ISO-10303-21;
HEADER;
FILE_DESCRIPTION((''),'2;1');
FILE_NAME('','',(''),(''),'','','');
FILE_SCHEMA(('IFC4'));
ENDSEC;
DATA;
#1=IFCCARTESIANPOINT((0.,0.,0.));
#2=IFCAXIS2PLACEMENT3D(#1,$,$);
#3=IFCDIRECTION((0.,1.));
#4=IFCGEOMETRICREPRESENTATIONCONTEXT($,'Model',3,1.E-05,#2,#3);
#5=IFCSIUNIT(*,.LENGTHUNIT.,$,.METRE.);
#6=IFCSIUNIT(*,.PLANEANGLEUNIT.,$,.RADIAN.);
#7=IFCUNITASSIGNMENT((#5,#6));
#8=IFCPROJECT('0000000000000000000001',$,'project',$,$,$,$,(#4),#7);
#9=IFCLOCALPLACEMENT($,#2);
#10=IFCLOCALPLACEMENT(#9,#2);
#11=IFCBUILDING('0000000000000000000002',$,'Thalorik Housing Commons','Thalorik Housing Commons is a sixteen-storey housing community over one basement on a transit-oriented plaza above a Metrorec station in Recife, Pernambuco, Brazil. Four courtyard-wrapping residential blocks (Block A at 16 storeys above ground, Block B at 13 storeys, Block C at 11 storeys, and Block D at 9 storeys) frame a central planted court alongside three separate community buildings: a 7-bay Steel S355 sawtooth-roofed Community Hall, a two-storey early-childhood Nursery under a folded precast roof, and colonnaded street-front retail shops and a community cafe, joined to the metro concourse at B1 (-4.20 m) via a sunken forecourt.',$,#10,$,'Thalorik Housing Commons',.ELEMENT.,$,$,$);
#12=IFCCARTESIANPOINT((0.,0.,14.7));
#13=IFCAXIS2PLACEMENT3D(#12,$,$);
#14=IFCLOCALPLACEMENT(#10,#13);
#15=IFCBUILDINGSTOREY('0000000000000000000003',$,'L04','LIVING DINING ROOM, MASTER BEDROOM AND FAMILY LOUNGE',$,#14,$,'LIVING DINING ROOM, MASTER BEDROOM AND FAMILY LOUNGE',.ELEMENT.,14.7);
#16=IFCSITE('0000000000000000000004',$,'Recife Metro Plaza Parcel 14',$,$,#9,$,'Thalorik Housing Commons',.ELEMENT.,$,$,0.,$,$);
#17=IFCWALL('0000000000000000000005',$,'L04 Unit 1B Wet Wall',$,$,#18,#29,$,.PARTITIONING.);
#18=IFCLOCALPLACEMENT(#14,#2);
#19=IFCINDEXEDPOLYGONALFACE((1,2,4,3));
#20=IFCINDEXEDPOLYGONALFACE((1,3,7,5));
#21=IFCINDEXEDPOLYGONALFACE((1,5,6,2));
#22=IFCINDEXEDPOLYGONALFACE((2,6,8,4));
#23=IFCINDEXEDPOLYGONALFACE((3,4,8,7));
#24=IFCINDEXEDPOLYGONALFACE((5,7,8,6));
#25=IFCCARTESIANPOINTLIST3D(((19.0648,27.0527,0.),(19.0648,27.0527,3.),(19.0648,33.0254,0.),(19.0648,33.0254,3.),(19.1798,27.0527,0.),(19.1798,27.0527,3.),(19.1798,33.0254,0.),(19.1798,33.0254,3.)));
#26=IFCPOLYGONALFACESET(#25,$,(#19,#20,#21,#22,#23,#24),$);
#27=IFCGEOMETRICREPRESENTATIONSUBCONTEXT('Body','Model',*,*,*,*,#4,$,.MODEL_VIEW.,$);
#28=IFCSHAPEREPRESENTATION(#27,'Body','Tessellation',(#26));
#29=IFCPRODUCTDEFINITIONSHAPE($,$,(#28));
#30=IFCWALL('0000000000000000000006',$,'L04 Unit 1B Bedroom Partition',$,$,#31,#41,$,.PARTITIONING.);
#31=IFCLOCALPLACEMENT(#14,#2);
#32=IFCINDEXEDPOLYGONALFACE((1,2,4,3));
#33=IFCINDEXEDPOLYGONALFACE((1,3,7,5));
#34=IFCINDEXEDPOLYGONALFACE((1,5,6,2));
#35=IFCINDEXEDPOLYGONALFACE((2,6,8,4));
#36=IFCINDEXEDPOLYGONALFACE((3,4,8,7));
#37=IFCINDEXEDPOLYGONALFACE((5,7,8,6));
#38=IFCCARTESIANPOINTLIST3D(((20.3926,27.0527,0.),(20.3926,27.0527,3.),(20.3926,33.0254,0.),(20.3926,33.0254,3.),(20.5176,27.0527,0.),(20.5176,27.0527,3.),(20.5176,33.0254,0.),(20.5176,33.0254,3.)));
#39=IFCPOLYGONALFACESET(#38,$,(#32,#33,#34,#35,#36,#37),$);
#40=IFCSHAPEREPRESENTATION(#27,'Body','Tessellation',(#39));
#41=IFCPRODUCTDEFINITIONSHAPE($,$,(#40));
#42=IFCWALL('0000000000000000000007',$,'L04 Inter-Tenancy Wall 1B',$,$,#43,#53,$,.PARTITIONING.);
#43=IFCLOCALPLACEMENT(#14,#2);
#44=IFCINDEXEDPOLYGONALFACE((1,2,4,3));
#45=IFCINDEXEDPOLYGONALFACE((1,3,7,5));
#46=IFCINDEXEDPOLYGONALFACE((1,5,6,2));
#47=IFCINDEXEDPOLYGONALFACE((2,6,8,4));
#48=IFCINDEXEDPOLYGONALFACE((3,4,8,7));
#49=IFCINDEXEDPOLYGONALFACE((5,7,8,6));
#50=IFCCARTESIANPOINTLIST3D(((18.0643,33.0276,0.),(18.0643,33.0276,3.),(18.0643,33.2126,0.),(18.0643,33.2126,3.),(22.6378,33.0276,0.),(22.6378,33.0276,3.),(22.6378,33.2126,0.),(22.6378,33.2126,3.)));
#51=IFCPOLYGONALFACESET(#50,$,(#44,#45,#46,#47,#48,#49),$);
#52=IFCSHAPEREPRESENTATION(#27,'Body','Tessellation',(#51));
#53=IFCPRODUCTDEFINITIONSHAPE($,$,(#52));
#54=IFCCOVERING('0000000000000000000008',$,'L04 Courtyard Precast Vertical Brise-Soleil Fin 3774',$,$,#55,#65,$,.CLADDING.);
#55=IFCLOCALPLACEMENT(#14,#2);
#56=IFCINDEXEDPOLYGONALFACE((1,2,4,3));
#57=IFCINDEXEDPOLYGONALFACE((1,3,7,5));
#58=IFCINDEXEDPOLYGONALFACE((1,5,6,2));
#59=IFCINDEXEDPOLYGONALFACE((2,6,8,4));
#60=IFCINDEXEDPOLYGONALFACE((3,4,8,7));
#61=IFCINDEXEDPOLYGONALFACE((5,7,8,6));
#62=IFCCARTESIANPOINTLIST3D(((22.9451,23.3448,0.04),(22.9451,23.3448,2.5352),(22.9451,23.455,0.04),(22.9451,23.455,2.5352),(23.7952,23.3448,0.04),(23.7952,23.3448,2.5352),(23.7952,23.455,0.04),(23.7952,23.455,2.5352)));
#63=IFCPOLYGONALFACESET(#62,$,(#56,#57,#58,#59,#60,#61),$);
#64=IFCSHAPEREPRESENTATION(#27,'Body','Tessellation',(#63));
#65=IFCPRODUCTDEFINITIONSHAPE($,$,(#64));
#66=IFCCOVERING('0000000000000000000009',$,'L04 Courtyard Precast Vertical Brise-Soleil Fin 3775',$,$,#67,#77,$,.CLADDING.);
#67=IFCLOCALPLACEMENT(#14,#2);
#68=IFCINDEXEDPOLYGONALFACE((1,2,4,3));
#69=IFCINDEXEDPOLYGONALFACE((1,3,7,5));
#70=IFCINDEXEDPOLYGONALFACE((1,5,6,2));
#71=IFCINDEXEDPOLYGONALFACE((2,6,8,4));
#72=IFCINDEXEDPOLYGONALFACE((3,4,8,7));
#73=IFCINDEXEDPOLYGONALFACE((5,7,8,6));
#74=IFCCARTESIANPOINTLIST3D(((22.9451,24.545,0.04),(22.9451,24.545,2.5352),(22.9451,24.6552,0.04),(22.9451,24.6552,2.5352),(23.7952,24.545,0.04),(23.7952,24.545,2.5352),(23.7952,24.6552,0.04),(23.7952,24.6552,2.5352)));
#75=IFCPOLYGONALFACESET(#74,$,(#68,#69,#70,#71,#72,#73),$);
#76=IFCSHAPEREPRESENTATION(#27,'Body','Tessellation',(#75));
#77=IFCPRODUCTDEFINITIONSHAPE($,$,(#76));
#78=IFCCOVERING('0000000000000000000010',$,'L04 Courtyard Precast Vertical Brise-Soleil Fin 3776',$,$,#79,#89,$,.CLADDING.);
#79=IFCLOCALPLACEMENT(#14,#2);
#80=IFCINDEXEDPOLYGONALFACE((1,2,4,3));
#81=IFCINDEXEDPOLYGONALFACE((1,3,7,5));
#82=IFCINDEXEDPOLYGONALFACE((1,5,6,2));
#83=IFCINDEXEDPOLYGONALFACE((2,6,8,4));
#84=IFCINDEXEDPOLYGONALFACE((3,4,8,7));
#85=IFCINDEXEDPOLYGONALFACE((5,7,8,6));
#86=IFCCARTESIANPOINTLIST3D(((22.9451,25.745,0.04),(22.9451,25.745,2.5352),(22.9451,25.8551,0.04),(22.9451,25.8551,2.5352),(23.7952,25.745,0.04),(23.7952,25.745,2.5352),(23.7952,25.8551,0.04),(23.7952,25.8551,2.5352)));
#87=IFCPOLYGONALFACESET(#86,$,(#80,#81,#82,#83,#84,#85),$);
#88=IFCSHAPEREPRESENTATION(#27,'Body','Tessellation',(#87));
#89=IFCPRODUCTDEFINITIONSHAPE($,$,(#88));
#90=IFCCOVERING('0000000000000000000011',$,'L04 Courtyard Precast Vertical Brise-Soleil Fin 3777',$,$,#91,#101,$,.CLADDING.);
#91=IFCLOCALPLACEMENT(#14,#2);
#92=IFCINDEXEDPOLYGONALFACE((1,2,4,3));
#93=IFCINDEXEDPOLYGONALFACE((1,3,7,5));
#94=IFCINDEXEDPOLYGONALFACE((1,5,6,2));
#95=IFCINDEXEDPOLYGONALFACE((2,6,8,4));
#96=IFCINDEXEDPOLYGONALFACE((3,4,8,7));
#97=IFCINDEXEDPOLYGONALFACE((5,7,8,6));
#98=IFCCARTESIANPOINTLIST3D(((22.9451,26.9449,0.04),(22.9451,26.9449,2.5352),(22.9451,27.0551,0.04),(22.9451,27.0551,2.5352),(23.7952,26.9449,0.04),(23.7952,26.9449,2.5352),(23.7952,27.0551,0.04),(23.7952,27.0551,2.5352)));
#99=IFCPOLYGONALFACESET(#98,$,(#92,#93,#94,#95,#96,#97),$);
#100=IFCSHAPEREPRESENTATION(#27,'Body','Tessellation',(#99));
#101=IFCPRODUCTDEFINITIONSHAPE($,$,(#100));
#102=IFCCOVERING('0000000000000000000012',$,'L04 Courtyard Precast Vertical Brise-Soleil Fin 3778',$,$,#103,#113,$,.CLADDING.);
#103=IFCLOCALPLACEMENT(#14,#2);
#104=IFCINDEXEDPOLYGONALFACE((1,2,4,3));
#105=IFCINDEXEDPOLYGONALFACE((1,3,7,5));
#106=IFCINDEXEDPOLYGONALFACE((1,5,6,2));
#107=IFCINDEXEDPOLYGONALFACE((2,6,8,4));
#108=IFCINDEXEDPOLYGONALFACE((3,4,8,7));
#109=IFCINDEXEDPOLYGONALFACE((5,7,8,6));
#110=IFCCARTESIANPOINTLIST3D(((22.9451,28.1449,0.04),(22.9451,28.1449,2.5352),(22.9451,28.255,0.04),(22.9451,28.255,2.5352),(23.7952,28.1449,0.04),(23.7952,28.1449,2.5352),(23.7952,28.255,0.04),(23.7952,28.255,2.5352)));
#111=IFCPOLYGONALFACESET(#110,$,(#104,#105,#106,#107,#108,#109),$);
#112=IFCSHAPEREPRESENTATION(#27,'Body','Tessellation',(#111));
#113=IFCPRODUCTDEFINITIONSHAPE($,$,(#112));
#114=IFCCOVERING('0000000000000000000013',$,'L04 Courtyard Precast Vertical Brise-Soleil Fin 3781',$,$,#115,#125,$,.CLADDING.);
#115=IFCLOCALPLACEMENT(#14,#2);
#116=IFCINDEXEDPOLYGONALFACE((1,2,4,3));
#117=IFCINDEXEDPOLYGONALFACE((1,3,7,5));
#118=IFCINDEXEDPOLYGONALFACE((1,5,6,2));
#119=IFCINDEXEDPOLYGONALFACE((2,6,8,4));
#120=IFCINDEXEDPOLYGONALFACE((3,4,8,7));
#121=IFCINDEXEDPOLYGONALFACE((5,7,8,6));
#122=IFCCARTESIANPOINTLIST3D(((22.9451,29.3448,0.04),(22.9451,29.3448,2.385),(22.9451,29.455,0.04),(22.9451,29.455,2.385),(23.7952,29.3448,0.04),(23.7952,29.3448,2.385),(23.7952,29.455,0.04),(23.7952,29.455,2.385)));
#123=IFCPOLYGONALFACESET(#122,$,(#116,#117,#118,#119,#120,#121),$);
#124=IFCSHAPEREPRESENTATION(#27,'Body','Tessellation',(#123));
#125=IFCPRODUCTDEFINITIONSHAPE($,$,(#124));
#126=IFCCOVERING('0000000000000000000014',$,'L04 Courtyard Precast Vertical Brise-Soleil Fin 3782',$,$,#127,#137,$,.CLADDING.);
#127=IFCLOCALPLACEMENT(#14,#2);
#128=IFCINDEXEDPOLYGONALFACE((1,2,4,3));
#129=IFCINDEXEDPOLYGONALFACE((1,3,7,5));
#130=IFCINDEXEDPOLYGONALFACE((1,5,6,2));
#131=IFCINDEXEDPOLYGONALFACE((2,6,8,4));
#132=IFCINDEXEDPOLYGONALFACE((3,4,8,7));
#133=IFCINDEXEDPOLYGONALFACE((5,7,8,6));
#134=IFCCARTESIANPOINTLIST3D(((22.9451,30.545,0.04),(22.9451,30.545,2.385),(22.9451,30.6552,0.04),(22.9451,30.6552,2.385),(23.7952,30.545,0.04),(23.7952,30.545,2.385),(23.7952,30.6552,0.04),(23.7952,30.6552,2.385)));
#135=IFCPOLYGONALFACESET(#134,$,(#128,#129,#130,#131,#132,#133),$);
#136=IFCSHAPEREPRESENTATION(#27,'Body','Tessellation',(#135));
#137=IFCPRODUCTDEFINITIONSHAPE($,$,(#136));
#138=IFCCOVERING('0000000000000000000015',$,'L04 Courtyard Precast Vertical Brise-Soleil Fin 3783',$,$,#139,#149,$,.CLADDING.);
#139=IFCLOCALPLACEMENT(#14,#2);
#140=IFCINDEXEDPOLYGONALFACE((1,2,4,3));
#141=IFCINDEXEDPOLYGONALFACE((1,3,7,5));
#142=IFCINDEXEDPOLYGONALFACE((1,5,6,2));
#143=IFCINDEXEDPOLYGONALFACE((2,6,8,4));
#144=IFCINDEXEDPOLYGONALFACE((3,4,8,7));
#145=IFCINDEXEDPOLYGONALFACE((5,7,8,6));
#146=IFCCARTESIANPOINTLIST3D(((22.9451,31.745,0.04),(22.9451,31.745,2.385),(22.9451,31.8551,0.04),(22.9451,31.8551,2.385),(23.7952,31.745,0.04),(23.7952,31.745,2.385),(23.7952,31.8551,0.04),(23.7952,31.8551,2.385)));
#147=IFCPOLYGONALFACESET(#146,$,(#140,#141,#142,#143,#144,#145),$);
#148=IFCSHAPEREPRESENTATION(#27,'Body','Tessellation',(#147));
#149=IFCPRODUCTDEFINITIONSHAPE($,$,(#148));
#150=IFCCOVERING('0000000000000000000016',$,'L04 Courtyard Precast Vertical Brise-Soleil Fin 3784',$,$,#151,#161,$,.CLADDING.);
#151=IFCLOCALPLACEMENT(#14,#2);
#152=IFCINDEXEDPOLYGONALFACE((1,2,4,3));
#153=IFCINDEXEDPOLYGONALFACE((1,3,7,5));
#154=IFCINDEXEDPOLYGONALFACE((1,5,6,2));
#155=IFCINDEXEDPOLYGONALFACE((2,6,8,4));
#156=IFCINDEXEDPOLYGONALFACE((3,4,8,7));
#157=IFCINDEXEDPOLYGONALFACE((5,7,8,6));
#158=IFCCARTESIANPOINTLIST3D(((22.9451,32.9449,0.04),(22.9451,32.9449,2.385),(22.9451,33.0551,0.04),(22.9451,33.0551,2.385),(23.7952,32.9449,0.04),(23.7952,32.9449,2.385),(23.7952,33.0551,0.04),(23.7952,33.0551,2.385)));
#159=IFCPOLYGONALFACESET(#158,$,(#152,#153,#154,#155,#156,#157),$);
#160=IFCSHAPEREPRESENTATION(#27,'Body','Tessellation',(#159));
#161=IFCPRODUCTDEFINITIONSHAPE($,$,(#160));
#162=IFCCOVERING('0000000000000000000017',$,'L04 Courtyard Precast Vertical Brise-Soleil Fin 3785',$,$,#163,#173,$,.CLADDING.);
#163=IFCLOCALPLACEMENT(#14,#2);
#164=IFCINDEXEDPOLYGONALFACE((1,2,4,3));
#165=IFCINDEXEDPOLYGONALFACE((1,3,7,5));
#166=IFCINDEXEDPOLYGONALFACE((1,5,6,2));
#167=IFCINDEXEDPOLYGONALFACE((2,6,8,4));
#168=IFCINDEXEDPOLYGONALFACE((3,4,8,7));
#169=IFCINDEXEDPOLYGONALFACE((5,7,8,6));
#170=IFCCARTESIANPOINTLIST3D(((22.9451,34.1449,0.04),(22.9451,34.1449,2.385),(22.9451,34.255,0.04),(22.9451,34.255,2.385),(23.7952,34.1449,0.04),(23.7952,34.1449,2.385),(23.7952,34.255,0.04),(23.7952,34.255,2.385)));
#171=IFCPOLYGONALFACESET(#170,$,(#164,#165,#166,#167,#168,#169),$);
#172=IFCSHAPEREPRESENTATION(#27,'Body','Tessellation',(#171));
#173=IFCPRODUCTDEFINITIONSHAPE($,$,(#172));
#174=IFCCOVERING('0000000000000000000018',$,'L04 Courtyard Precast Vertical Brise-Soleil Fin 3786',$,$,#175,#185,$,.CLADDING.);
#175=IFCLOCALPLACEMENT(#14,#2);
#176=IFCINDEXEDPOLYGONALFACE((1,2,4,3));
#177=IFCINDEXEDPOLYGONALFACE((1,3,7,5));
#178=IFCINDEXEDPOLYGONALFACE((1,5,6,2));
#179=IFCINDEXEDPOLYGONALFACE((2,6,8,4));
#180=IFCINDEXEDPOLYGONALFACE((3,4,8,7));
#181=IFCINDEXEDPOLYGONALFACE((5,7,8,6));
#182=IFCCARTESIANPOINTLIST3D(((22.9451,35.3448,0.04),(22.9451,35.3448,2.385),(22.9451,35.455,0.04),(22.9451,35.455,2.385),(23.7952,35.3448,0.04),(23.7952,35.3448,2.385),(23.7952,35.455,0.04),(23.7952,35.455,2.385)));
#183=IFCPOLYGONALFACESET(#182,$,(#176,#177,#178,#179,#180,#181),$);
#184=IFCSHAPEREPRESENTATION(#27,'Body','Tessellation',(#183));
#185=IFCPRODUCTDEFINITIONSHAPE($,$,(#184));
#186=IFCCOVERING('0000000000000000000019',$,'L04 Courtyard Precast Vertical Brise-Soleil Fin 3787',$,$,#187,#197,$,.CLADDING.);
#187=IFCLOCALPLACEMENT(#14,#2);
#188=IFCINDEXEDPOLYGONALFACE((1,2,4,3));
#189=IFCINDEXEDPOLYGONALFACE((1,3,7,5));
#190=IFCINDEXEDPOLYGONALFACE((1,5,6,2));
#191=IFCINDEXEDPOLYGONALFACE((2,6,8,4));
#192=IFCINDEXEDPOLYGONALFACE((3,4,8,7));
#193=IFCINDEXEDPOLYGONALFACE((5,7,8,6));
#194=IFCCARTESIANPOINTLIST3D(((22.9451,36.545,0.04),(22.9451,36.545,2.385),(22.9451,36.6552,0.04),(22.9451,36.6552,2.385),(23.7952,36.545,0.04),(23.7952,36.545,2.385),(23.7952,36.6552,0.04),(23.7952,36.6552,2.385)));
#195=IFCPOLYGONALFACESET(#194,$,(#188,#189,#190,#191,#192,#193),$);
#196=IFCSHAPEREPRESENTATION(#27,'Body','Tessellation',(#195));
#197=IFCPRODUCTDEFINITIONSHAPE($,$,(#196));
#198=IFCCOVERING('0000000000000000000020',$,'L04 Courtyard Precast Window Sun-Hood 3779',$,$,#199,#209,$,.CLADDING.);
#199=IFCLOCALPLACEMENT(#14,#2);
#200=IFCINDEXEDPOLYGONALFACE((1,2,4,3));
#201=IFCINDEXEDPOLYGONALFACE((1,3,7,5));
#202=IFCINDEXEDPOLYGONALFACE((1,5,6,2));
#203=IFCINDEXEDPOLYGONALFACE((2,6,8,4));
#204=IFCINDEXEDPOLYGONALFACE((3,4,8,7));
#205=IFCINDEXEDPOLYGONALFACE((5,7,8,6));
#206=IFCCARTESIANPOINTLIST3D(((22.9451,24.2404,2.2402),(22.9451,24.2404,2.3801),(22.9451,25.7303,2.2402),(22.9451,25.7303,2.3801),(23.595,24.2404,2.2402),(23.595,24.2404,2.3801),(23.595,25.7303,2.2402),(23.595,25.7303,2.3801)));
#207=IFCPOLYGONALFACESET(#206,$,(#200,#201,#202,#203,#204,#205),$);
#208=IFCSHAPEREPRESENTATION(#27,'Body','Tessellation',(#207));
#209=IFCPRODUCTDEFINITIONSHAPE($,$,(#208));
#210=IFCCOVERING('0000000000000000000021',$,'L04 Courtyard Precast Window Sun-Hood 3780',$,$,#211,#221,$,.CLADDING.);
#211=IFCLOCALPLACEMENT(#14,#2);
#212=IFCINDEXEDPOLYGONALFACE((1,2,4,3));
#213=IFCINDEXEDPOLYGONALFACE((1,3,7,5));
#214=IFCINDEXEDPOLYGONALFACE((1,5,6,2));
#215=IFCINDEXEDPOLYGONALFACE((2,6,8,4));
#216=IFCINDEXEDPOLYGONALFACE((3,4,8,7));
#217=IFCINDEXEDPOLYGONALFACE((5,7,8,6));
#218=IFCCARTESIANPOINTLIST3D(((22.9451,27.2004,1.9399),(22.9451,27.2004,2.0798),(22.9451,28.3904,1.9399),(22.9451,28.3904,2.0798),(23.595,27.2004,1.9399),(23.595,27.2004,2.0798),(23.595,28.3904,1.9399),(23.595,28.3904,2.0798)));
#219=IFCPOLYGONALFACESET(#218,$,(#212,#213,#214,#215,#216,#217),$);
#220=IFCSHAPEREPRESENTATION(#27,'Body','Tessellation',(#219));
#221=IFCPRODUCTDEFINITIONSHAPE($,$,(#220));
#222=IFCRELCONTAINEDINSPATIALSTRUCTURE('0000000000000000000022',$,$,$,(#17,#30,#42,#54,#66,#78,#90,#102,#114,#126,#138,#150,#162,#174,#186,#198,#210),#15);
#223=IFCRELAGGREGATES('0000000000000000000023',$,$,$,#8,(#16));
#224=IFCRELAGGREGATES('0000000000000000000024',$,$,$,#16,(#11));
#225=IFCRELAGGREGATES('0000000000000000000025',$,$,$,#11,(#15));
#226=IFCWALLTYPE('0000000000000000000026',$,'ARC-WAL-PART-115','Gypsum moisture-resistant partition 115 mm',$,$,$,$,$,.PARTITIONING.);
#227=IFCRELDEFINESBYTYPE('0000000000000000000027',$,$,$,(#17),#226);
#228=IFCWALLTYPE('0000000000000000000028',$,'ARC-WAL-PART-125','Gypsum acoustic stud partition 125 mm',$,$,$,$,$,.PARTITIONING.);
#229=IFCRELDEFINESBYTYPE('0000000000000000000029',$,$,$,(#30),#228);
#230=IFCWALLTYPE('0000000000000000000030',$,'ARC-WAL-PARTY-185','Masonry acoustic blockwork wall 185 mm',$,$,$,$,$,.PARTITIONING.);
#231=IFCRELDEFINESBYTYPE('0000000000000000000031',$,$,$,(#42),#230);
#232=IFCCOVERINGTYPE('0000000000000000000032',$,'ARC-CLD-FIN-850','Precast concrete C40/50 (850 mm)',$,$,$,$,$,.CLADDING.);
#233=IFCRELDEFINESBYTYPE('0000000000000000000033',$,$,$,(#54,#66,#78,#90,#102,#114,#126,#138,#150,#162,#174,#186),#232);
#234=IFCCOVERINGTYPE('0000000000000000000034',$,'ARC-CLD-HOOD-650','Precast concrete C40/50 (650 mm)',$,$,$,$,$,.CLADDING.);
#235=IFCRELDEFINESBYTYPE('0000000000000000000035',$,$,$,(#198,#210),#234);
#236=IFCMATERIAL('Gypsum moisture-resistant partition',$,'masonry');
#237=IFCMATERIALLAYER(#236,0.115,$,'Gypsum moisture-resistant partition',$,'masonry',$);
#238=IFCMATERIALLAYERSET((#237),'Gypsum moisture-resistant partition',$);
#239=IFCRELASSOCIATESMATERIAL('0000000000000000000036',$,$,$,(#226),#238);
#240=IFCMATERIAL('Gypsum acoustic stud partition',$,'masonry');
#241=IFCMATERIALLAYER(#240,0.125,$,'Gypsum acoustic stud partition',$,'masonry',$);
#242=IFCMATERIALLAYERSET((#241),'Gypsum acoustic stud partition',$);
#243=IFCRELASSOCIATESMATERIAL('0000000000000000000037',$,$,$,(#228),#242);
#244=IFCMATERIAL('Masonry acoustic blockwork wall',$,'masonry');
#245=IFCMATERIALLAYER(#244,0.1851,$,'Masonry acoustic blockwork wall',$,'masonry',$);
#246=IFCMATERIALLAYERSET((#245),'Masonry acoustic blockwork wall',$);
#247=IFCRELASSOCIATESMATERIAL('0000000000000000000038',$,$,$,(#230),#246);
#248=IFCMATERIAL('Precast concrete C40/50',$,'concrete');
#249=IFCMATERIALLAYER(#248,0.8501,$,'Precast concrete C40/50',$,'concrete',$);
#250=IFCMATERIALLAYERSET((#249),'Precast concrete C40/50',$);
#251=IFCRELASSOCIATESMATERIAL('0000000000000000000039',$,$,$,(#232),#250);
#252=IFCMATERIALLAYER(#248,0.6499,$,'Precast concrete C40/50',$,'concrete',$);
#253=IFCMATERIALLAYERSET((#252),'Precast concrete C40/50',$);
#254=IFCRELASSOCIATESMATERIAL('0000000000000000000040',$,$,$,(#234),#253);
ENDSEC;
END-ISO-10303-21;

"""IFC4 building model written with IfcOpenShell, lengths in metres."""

from ifc_helpers import new_model, si_unit, direction, frame, frame_2d, origin, origin_2d, place, context, subcontext, project, spatial, rectangle, extrude, material, layer, layer_set, type_object, element, save


model = new_model("IFC4")

# Units and contexts
model_context = context("Model", 3, precision=1e-05, world=origin(), true_north=direction((0.0, 1.0)))
body_context = subcontext(model_context, "Body", "Model", "MODEL_VIEW")
ifc_project = project(units=[si_unit("LENGTHUNIT", "METRE"), si_unit("PLANEANGLEUNIT", "RADIAN")], contexts=[model_context])

# Site, building, storey
site_placement = place(None, origin())
site = spatial("IfcSite", under=ifc_project, at=site_placement, Name="Recife Metro Plaza Parcel 14", LongName="Thalorik Housing Commons", CompositionType="ELEMENT", RefElevation=0.0)
building_placement = place(site_placement, origin())
building = spatial("IfcBuilding", under=site, at=building_placement, Name="Thalorik Housing Commons", Description="Thalorik Housing Commons is a sixteen-storey housing community over one basement on a transit-oriented plaza above a Metrorec station in Recife, Pernambuco, Brazil. Four courtyard-wrapping residential blocks (Block A at 16 storeys above ground, Block B at 13 storeys, Block C at 11 storeys, and Block D at 9 storeys) frame a central planted court alongside three separate community buildings: a 7-bay Steel S355 sawtooth-roofed Community Hall, a two-storey early-childhood Nursery under a folded precast roof, and colonnaded street-front retail shops and a community cafe, joined to the metro concourse at B1 (-4.20 m) via a sunken forecourt.", LongName="Thalorik Housing Commons", CompositionType="ELEMENT")
storey_placement = place(building_placement, frame((0.0, 0.0, 14.7)))
storey = spatial("IfcBuildingStorey", under=building, at=storey_placement, Name="L04", Description="LIVING DINING ROOM, MASTER BEDROOM AND FAMILY LOUNGE", LongName="LIVING DINING ROOM, MASTER BEDROOM AND FAMILY LOUNGE", CompositionType="ELEMENT", Elevation=14.7)

# Shared definitions
ifc_material_1 = material(Name="Precast concrete C40/50", Category="concrete")

# Walls
ifc_material_2 = material(Name="Gypsum moisture-resistant partition", Category="masonry")
ifc_layer_1 = layer(ifc_material_2, 0.115, Name="Gypsum moisture-resistant partition", Category="masonry")
ifc_layer_set_1 = layer_set([ifc_layer_1], Name="Gypsum moisture-resistant partition")
wall_type_1 = type_object("IfcWallType", Name="ARC-WAL-PART-115", Description="Gypsum moisture-resistant partition 115 mm", PredefinedType="PARTITIONING", material=ifc_layer_set_1)
wall_1_placement = place(storey_placement, frame((19.1223, 27.0527, 0.0), z_axis=(0.0, 0.0, 1.0), x_axis=(0.0, 1.0, 0.0)))
element("IfcWall", 1, at=wall_1_placement, inside=storey, type_object=wall_type_1, Name="L04 Unit 1B Wet Wall", PredefinedType="PARTITIONING", context=body_context, shape_type="SweptSolid", body=[
    extrude(rectangle(XDim=5.9727, YDim=0.115, at=frame_2d((2.9863, 0.0))), origin(), (0.0, 0.0, 1.0), 3.0),
])
ifc_material_3 = material(Name="Gypsum acoustic stud partition", Category="masonry")
ifc_layer_2 = layer(ifc_material_3, 0.125, Name="Gypsum acoustic stud partition", Category="masonry")
ifc_layer_set_2 = layer_set([ifc_layer_2], Name="Gypsum acoustic stud partition")
wall_type_2 = type_object("IfcWallType", Name="ARC-WAL-PART-125", Description="Gypsum acoustic stud partition 125 mm", PredefinedType="PARTITIONING", material=ifc_layer_set_2)
wall_2_placement = place(storey_placement, frame((20.4551, 27.0527, 0.0), z_axis=(0.0, 0.0, 1.0), x_axis=(0.0, 1.0, 0.0)))
element("IfcWall", 2, at=wall_2_placement, inside=storey, type_object=wall_type_2, Name="L04 Unit 1B Bedroom Partition", PredefinedType="PARTITIONING", context=body_context, shape_type="SweptSolid", body=[
    extrude(rectangle(XDim=5.9727, YDim=0.125, at=frame_2d((2.9863, 0.0))), origin(), (0.0, 0.0, 1.0), 3.0),
])
ifc_material_4 = material(Name="Masonry acoustic blockwork wall", Category="masonry")
ifc_layer_3 = layer(ifc_material_4, 0.1851, Name="Masonry acoustic blockwork wall", Category="masonry")
ifc_layer_set_3 = layer_set([ifc_layer_3], Name="Masonry acoustic blockwork wall")
wall_type_3 = type_object("IfcWallType", Name="ARC-WAL-PARTY-185", Description="Masonry acoustic blockwork wall 185 mm", PredefinedType="PARTITIONING", material=ifc_layer_set_3)
wall_3_placement = place(storey_placement, frame((18.0645, 33.1201, 0.0), z_axis=(0.0, 0.0, 1.0), x_axis=(1.0, 0.0, 0.0)))
element("IfcWall", 3, at=wall_3_placement, inside=storey, type_object=wall_type_3, Name="L04 Inter-Tenancy Wall 1B", PredefinedType="PARTITIONING", context=body_context, shape_type="SweptSolid", body=[
    extrude(rectangle(XDim=4.5735, YDim=0.1851, at=frame_2d((2.2866, 0.0))), origin(), (0.0, 0.0, 1.0), 3.0),
])

# Coverings
ifc_layer_4 = layer(ifc_material_1, 0.8501, Name="Precast concrete C40/50", Category="concrete")
ifc_layer_set_4 = layer_set([ifc_layer_4], Name="Precast concrete C40/50")
covering_type_1 = type_object("IfcCoveringType", Name="ARC-CLD-FIN-850", Description="Precast concrete C40/50 (850 mm)", PredefinedType="CLADDING", material=ifc_layer_set_4)
for number, where, z_axis, x_axis, name in (
    (4, (23.3701, 23.3999, 0.04), (0.0, 0.0, 1.0), (0.0, 1.0, 0.0), "L04 Courtyard Precast Vertical Brise-Soleil Fin 3774"),
    (5, (23.3701, 24.6001, 0.04), (0.0, 0.0, 1.0), (0.0, 1.0, 0.0), "L04 Courtyard Precast Vertical Brise-Soleil Fin 3775"),
    (6, (23.3701, 25.8, 0.04), (0.0, 0.0, 1.0), (0.0, 1.0, 0.0), "L04 Courtyard Precast Vertical Brise-Soleil Fin 3776"),
    (7, (23.3701, 27.0, 0.04), (0.0, 0.0, 1.0), (0.0, 1.0, 0.0), "L04 Courtyard Precast Vertical Brise-Soleil Fin 3777"),
    (8, (23.3701, 28.2, 0.04), (0.0, 0.0, 1.0), (0.0, 1.0, 0.0), "L04 Courtyard Precast Vertical Brise-Soleil Fin 3778"),
):
    element("IfcCovering", number, at=place(storey_placement, frame(where, z_axis=z_axis, x_axis=x_axis)), inside=storey, type_object=covering_type_1, Name=name, PredefinedType="CLADDING", context=body_context, shape_type="SweptSolid", body=[
        extrude(rectangle(XDim=0.1101, YDim=0.8501, at=origin_2d()), origin(), (0.0, 0.0, 1.0), 2.4951),
    ])
for number, where, z_axis, x_axis, name in (
    (9, (23.3701, 29.3999, 0.04), (0.0, 0.0, 1.0), (0.0, 1.0, 0.0), "L04 Courtyard Precast Vertical Brise-Soleil Fin 3781"),
    (10, (23.3701, 30.6001, 0.04), (0.0, 0.0, 1.0), (0.0, 1.0, 0.0), "L04 Courtyard Precast Vertical Brise-Soleil Fin 3782"),
    (11, (23.3701, 31.8, 0.04), (0.0, 0.0, 1.0), (0.0, 1.0, 0.0), "L04 Courtyard Precast Vertical Brise-Soleil Fin 3783"),
    (12, (23.3701, 33.0, 0.04), (0.0, 0.0, 1.0), (0.0, 1.0, 0.0), "L04 Courtyard Precast Vertical Brise-Soleil Fin 3784"),
    (13, (23.3701, 34.2, 0.04), (0.0, 0.0, 1.0), (0.0, 1.0, 0.0), "L04 Courtyard Precast Vertical Brise-Soleil Fin 3785"),
    (14, (23.3701, 35.3999, 0.04), (0.0, 0.0, 1.0), (0.0, 1.0, 0.0), "L04 Courtyard Precast Vertical Brise-Soleil Fin 3786"),
    (15, (23.3701, 36.6001, 0.04), (0.0, 0.0, 1.0), (0.0, 1.0, 0.0), "L04 Courtyard Precast Vertical Brise-Soleil Fin 3787"),
):
    element("IfcCovering", number, at=place(storey_placement, frame(where, z_axis=z_axis, x_axis=x_axis)), inside=storey, type_object=covering_type_1, Name=name, PredefinedType="CLADDING", context=body_context, shape_type="SweptSolid", body=[
        extrude(rectangle(XDim=0.1101, YDim=0.8501, at=origin_2d()), origin(), (0.0, 0.0, 1.0), 2.345),
    ])
ifc_layer_5 = layer(ifc_material_1, 0.6499, Name="Precast concrete C40/50", Category="concrete")
ifc_layer_set_5 = layer_set([ifc_layer_5], Name="Precast concrete C40/50")
covering_type_2 = type_object("IfcCoveringType", Name="ARC-CLD-HOOD-650", Description="Precast concrete C40/50 (650 mm)", PredefinedType="CLADDING", material=ifc_layer_set_5)
covering_1_placement = place(storey_placement, frame((23.27, 24.9854, 2.2402), z_axis=(0.0, 0.0, 1.0), x_axis=(0.0, 1.0, 0.0)))
element("IfcCovering", 16, at=covering_1_placement, inside=storey, type_object=covering_type_2, Name="L04 Courtyard Precast Window Sun-Hood 3779", PredefinedType="CLADDING", context=body_context, shape_type="SweptSolid", body=[
    extrude(rectangle(XDim=1.49, YDim=0.6499, at=origin_2d()), origin(), (0.0, 0.0, 1.0), 0.1399),
])
covering_2_placement = place(storey_placement, frame((23.27, 27.7954, 1.9399), z_axis=(0.0, 0.0, 1.0), x_axis=(0.0, 1.0, 0.0)))
element("IfcCovering", 17, at=covering_2_placement, inside=storey, type_object=covering_type_2, Name="L04 Courtyard Precast Window Sun-Hood 3780", PredefinedType="CLADDING", context=body_context, shape_type="SweptSolid", body=[
    extrude(rectangle(XDim=1.1899, YDim=0.6499, at=origin_2d()), origin(), (0.0, 0.0, 1.0), 0.1399),
])

save(model, "model.ifc")
